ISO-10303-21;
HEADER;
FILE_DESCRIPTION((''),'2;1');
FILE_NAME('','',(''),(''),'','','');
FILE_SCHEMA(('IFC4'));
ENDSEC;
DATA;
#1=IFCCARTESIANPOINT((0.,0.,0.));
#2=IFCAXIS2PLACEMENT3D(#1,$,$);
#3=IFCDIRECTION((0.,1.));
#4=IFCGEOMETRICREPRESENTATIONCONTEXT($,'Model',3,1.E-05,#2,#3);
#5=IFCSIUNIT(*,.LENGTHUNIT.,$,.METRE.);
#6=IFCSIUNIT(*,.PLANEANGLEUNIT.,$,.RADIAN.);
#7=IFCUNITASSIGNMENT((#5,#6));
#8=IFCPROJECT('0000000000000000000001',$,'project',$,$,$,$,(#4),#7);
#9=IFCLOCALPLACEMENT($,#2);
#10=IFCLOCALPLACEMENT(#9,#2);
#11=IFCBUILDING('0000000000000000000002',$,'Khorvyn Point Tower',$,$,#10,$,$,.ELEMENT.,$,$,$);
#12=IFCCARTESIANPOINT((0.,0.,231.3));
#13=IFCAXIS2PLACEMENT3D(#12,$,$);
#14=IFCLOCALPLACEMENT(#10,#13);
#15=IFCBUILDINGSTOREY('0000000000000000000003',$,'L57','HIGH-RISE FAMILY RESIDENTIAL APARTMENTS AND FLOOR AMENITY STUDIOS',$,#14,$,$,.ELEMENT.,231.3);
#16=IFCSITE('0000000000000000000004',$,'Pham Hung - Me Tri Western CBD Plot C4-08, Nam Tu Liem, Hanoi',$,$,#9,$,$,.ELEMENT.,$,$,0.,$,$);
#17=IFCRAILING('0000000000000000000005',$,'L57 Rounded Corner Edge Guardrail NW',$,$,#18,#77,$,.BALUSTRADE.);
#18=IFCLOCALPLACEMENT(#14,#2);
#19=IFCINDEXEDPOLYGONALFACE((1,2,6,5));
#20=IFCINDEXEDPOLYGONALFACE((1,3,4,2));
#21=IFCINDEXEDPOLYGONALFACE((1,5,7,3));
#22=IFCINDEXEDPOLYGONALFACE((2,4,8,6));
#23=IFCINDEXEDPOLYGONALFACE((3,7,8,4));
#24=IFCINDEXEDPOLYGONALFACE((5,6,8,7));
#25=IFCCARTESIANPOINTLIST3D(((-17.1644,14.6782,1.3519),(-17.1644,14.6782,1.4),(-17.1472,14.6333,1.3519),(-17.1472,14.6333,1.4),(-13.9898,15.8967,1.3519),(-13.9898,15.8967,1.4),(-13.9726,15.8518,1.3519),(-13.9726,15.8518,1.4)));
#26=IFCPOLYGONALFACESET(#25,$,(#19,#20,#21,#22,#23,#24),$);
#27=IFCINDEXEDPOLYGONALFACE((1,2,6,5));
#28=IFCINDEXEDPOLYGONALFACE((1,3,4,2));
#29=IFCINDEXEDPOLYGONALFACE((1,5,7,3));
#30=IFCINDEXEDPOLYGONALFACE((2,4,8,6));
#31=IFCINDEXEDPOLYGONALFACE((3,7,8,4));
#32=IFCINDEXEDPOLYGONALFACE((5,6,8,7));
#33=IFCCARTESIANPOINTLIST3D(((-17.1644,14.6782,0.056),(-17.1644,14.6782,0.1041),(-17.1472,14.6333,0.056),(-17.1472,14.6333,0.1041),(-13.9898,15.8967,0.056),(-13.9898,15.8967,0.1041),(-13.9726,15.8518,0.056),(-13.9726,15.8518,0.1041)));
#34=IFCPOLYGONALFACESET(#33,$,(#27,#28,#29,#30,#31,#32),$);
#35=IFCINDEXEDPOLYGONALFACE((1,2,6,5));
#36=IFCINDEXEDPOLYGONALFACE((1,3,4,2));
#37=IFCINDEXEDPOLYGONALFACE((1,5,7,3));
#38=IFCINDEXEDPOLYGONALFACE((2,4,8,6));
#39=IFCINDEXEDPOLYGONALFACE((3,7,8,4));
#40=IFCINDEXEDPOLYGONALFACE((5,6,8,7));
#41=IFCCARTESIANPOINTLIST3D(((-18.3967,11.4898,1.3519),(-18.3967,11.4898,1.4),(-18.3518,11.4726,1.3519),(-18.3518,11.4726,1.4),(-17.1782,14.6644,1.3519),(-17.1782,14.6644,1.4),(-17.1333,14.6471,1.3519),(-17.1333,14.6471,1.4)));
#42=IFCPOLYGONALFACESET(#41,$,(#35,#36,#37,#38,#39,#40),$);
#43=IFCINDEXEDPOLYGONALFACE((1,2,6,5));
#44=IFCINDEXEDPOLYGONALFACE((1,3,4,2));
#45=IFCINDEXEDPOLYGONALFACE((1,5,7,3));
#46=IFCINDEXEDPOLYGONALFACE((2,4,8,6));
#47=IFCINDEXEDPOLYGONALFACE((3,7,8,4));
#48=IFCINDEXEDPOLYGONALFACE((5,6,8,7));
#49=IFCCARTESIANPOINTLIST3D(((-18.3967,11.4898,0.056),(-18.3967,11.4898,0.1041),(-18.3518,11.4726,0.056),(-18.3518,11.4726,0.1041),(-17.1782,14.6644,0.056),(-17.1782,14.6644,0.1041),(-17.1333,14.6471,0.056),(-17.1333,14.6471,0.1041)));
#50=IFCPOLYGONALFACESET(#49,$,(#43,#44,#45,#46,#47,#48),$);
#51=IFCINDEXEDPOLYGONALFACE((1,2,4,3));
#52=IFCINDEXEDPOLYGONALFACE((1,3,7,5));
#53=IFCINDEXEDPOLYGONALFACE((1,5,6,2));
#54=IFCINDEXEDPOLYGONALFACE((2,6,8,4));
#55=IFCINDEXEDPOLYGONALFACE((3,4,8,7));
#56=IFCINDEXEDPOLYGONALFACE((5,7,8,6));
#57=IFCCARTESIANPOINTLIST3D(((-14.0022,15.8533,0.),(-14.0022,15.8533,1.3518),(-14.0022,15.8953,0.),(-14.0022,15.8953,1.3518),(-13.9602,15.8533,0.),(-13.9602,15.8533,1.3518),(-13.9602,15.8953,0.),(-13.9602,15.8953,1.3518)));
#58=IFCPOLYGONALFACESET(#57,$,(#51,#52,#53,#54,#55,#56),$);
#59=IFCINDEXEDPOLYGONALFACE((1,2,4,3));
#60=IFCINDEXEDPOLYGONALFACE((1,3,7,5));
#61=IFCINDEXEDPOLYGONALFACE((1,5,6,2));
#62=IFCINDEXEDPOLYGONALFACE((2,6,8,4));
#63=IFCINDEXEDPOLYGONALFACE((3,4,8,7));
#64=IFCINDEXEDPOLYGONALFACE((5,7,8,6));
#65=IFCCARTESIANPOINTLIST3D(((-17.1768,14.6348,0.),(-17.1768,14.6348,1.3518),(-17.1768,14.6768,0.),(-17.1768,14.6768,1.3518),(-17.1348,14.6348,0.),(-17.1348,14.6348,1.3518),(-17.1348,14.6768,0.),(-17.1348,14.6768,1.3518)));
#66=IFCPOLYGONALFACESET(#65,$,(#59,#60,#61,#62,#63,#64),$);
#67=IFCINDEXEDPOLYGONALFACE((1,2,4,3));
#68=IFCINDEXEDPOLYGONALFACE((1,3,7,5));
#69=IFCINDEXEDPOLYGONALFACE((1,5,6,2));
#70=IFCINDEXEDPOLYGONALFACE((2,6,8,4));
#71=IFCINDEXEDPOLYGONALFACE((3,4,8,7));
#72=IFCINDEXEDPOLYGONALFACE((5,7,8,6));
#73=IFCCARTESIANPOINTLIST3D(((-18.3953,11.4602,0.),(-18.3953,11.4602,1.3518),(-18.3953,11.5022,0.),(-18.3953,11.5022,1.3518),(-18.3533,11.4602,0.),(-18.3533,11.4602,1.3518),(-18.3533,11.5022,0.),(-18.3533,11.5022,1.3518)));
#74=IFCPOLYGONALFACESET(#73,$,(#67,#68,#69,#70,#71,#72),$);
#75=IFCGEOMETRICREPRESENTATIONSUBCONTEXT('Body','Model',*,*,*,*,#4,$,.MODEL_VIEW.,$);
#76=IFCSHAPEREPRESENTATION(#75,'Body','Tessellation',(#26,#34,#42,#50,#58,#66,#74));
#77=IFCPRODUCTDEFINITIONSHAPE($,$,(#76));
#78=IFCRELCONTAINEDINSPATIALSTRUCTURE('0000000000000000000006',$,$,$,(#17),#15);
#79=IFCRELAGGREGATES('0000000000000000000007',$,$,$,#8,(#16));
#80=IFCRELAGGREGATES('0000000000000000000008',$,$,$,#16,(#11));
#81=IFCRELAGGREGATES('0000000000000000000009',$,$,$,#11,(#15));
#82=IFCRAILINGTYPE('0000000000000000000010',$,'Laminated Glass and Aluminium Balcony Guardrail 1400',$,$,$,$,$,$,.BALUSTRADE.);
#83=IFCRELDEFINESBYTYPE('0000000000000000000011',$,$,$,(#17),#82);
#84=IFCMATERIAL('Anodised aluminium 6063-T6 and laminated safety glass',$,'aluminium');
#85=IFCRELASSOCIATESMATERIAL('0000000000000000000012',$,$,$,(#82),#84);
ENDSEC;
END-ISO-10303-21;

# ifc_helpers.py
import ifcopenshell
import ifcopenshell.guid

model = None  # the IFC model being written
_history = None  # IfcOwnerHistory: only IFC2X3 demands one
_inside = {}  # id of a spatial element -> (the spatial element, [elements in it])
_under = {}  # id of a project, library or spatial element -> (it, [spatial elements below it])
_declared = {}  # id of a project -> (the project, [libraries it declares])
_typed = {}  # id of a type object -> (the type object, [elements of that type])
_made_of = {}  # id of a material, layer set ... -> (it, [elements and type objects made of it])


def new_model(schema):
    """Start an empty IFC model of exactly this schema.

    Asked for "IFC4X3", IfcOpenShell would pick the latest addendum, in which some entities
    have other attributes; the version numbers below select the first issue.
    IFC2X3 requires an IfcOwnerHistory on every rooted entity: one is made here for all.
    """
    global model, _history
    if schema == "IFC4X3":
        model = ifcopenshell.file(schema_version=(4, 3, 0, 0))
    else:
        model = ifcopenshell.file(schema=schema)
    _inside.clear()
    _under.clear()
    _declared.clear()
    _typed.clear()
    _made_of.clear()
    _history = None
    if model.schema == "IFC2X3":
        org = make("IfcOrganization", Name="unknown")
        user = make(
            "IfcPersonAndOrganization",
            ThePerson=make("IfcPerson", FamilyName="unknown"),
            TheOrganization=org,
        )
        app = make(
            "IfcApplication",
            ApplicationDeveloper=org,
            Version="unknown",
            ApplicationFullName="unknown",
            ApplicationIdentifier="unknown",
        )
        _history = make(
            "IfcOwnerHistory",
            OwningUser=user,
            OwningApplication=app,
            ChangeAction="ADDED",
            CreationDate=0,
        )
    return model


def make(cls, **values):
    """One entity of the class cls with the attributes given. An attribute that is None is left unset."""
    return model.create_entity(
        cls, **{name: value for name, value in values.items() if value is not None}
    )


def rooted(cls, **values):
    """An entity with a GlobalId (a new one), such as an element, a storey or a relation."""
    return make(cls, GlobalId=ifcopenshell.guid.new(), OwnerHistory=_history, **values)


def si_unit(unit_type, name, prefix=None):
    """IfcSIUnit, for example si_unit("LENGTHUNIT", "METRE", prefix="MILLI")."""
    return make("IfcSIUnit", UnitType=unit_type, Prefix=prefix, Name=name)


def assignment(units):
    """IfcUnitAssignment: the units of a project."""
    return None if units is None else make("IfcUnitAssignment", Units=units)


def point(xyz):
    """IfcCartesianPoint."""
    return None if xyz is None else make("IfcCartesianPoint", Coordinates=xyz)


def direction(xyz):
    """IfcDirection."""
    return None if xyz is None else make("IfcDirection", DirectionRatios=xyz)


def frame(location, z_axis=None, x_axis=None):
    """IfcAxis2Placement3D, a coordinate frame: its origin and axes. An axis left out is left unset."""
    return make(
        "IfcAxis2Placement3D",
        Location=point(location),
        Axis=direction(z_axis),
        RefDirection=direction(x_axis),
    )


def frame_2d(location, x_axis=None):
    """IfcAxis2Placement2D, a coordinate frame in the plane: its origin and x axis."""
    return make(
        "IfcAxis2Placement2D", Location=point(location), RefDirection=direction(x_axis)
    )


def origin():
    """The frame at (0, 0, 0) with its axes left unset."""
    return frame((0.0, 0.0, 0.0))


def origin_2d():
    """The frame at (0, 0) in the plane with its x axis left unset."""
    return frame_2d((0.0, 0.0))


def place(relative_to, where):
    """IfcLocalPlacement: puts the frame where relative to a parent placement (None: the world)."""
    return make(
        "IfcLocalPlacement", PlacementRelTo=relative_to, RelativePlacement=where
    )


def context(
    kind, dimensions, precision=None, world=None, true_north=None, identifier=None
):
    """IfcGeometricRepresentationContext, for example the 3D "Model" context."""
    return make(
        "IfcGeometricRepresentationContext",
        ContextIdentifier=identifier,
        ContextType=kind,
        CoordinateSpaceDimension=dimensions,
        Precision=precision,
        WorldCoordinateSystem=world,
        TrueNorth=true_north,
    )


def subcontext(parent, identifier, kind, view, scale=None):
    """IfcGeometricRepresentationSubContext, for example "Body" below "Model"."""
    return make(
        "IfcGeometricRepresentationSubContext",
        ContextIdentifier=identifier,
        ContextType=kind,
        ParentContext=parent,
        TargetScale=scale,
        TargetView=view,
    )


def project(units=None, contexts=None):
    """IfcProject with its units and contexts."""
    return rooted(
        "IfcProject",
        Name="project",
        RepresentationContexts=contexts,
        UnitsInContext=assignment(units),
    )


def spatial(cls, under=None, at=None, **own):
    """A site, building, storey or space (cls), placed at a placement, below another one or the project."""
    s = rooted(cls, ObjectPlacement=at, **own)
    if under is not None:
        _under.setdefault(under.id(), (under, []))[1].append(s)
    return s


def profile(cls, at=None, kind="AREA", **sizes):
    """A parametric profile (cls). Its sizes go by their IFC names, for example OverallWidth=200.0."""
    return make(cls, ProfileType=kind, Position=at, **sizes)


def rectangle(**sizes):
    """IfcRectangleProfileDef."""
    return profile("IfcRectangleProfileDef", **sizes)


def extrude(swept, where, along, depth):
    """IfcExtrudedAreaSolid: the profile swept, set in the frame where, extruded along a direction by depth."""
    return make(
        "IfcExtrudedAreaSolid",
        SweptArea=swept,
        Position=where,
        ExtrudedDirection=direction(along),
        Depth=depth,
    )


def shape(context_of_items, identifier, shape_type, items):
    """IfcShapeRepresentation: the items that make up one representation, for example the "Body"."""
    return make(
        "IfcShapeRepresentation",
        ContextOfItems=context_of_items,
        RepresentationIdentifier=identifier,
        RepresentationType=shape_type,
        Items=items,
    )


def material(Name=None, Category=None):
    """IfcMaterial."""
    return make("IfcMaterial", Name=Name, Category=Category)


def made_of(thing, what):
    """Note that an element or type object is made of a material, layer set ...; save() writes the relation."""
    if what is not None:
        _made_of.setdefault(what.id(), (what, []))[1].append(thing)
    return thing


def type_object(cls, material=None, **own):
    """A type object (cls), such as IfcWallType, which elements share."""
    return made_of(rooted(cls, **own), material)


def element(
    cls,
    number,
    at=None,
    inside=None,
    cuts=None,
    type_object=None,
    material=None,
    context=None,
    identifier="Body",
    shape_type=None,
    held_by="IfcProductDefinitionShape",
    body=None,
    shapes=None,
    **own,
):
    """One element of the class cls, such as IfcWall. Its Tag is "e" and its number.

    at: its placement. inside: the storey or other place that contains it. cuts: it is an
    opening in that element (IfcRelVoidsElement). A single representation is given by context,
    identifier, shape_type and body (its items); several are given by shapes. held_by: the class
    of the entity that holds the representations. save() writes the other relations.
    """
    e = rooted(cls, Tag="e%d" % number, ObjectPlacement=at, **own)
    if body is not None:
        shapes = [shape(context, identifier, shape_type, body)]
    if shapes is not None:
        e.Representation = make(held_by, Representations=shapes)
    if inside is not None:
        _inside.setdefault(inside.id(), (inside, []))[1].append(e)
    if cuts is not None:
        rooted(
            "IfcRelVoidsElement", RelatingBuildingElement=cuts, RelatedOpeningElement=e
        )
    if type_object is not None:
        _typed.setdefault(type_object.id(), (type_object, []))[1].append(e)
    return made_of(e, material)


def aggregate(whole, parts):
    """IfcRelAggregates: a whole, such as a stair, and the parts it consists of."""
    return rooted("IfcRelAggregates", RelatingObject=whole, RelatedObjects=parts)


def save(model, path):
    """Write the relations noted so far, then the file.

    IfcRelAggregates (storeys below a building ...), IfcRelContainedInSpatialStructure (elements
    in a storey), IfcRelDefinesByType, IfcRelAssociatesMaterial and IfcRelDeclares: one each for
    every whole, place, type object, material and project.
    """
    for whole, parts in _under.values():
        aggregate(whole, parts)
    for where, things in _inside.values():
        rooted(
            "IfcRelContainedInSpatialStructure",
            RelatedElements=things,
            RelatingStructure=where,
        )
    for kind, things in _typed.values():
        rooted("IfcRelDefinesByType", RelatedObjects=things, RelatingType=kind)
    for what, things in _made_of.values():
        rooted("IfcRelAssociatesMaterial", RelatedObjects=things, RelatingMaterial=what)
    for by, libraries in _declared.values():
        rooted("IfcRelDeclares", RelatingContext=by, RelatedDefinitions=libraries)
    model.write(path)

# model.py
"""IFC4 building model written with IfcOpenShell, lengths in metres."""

from ifc_helpers import new_model, si_unit, direction, frame, origin, origin_2d, place, context, subcontext, project, spatial, rectangle, extrude, material, type_object, element, save


model = new_model("IFC4")

# Units and contexts
model_context = context("Model", 3, precision=1e-05, world=origin(), true_north=direction((0.0, 1.0)))
body_context = subcontext(model_context, "Body", "Model", "MODEL_VIEW")
ifc_project = project(units=[si_unit("LENGTHUNIT", "METRE"), si_unit("PLANEANGLEUNIT", "RADIAN")], contexts=[model_context])

# Site, building, storey
site_placement = place(None, origin())
site = spatial("IfcSite", under=ifc_project, at=site_placement, Name="Pham Hung - Me Tri Western CBD Plot C4-08, Nam Tu Liem, Hanoi", CompositionType="ELEMENT", RefElevation=0.0)
building_placement = place(site_placement, origin())
building = spatial("IfcBuilding", under=site, at=building_placement, Name="Khorvyn Point Tower", CompositionType="ELEMENT")
storey_placement = place(building_placement, frame((0.0, 0.0, 231.3)))
storey = spatial("IfcBuildingStorey", under=building, at=storey_placement, Name="L57", Description="HIGH-RISE FAMILY RESIDENTIAL APARTMENTS AND FLOOR AMENITY STUDIOS", CompositionType="ELEMENT", Elevation=231.3)

# Railing
ifc_material_1 = material(Name="Anodised aluminium 6063-T6 and laminated safety glass", Category="aluminium")
railing_type = type_object("IfcRailingType", Name="Laminated Glass and Aluminium Balcony Guardrail 1400", PredefinedType="BALUSTRADE", material=ifc_material_1)
railing_1_placement = place(storey_placement, frame((-13.9812, 15.8743, 0.0)))
element("IfcRailing", 1, at=railing_1_placement, inside=storey, type_object=railing_type, Name="L57 Rounded Corner Edge Guardrail NW", PredefinedType="BALUSTRADE", context=body_context, shape_type="SweptSolid", body=[
    extrude(rectangle(XDim=0.0481, YDim=0.0481, at=origin_2d()), frame((0.0, 0.0, 1.376), z_axis=(-0.93359, -0.358344, 0.0), x_axis=(0.358344, -0.93359, 0.0)), (0.0, 0.0, 1.0), 3.4004),
    extrude(rectangle(XDim=0.0481, YDim=0.0481, at=origin_2d()), frame((0.0, 0.0, 0.0801), z_axis=(-0.93359, -0.358344, 0.0), x_axis=(0.358344, -0.93359, 0.0)), (0.0, 0.0, 1.0), 3.4004),
    extrude(rectangle(XDim=0.0481, YDim=0.0481, at=origin_2d()), frame((-3.1746, -1.2185, 1.376), z_axis=(-0.358344, -0.93359, 0.0), x_axis=(0.93359, -0.358344, 0.0)), (0.0, 0.0, 1.0), 3.4004),
    extrude(rectangle(XDim=0.0481, YDim=0.0481, at=origin_2d()), frame((-3.1746, -1.2185, 0.0801), z_axis=(-0.358344, -0.93359, 0.0), x_axis=(0.93359, -0.358344, 0.0)), (0.0, 0.0, 1.0), 3.4004),
    extrude(rectangle(XDim=0.042, YDim=0.042, at=origin_2d()), origin(), (0.0, 0.0, 1.0), 1.3518),
    extrude(rectangle(XDim=0.042, YDim=0.042, at=origin_2d()), frame((-3.1746, -1.2185, 0.0)), (0.0, 0.0, 1.0), 1.3518),
    extrude(rectangle(XDim=0.042, YDim=0.042, at=origin_2d()), frame((-4.3931, -4.3931, 0.0)), (0.0, 0.0, 1.0), 1.3518),
])

save(model, "model.ifc")
